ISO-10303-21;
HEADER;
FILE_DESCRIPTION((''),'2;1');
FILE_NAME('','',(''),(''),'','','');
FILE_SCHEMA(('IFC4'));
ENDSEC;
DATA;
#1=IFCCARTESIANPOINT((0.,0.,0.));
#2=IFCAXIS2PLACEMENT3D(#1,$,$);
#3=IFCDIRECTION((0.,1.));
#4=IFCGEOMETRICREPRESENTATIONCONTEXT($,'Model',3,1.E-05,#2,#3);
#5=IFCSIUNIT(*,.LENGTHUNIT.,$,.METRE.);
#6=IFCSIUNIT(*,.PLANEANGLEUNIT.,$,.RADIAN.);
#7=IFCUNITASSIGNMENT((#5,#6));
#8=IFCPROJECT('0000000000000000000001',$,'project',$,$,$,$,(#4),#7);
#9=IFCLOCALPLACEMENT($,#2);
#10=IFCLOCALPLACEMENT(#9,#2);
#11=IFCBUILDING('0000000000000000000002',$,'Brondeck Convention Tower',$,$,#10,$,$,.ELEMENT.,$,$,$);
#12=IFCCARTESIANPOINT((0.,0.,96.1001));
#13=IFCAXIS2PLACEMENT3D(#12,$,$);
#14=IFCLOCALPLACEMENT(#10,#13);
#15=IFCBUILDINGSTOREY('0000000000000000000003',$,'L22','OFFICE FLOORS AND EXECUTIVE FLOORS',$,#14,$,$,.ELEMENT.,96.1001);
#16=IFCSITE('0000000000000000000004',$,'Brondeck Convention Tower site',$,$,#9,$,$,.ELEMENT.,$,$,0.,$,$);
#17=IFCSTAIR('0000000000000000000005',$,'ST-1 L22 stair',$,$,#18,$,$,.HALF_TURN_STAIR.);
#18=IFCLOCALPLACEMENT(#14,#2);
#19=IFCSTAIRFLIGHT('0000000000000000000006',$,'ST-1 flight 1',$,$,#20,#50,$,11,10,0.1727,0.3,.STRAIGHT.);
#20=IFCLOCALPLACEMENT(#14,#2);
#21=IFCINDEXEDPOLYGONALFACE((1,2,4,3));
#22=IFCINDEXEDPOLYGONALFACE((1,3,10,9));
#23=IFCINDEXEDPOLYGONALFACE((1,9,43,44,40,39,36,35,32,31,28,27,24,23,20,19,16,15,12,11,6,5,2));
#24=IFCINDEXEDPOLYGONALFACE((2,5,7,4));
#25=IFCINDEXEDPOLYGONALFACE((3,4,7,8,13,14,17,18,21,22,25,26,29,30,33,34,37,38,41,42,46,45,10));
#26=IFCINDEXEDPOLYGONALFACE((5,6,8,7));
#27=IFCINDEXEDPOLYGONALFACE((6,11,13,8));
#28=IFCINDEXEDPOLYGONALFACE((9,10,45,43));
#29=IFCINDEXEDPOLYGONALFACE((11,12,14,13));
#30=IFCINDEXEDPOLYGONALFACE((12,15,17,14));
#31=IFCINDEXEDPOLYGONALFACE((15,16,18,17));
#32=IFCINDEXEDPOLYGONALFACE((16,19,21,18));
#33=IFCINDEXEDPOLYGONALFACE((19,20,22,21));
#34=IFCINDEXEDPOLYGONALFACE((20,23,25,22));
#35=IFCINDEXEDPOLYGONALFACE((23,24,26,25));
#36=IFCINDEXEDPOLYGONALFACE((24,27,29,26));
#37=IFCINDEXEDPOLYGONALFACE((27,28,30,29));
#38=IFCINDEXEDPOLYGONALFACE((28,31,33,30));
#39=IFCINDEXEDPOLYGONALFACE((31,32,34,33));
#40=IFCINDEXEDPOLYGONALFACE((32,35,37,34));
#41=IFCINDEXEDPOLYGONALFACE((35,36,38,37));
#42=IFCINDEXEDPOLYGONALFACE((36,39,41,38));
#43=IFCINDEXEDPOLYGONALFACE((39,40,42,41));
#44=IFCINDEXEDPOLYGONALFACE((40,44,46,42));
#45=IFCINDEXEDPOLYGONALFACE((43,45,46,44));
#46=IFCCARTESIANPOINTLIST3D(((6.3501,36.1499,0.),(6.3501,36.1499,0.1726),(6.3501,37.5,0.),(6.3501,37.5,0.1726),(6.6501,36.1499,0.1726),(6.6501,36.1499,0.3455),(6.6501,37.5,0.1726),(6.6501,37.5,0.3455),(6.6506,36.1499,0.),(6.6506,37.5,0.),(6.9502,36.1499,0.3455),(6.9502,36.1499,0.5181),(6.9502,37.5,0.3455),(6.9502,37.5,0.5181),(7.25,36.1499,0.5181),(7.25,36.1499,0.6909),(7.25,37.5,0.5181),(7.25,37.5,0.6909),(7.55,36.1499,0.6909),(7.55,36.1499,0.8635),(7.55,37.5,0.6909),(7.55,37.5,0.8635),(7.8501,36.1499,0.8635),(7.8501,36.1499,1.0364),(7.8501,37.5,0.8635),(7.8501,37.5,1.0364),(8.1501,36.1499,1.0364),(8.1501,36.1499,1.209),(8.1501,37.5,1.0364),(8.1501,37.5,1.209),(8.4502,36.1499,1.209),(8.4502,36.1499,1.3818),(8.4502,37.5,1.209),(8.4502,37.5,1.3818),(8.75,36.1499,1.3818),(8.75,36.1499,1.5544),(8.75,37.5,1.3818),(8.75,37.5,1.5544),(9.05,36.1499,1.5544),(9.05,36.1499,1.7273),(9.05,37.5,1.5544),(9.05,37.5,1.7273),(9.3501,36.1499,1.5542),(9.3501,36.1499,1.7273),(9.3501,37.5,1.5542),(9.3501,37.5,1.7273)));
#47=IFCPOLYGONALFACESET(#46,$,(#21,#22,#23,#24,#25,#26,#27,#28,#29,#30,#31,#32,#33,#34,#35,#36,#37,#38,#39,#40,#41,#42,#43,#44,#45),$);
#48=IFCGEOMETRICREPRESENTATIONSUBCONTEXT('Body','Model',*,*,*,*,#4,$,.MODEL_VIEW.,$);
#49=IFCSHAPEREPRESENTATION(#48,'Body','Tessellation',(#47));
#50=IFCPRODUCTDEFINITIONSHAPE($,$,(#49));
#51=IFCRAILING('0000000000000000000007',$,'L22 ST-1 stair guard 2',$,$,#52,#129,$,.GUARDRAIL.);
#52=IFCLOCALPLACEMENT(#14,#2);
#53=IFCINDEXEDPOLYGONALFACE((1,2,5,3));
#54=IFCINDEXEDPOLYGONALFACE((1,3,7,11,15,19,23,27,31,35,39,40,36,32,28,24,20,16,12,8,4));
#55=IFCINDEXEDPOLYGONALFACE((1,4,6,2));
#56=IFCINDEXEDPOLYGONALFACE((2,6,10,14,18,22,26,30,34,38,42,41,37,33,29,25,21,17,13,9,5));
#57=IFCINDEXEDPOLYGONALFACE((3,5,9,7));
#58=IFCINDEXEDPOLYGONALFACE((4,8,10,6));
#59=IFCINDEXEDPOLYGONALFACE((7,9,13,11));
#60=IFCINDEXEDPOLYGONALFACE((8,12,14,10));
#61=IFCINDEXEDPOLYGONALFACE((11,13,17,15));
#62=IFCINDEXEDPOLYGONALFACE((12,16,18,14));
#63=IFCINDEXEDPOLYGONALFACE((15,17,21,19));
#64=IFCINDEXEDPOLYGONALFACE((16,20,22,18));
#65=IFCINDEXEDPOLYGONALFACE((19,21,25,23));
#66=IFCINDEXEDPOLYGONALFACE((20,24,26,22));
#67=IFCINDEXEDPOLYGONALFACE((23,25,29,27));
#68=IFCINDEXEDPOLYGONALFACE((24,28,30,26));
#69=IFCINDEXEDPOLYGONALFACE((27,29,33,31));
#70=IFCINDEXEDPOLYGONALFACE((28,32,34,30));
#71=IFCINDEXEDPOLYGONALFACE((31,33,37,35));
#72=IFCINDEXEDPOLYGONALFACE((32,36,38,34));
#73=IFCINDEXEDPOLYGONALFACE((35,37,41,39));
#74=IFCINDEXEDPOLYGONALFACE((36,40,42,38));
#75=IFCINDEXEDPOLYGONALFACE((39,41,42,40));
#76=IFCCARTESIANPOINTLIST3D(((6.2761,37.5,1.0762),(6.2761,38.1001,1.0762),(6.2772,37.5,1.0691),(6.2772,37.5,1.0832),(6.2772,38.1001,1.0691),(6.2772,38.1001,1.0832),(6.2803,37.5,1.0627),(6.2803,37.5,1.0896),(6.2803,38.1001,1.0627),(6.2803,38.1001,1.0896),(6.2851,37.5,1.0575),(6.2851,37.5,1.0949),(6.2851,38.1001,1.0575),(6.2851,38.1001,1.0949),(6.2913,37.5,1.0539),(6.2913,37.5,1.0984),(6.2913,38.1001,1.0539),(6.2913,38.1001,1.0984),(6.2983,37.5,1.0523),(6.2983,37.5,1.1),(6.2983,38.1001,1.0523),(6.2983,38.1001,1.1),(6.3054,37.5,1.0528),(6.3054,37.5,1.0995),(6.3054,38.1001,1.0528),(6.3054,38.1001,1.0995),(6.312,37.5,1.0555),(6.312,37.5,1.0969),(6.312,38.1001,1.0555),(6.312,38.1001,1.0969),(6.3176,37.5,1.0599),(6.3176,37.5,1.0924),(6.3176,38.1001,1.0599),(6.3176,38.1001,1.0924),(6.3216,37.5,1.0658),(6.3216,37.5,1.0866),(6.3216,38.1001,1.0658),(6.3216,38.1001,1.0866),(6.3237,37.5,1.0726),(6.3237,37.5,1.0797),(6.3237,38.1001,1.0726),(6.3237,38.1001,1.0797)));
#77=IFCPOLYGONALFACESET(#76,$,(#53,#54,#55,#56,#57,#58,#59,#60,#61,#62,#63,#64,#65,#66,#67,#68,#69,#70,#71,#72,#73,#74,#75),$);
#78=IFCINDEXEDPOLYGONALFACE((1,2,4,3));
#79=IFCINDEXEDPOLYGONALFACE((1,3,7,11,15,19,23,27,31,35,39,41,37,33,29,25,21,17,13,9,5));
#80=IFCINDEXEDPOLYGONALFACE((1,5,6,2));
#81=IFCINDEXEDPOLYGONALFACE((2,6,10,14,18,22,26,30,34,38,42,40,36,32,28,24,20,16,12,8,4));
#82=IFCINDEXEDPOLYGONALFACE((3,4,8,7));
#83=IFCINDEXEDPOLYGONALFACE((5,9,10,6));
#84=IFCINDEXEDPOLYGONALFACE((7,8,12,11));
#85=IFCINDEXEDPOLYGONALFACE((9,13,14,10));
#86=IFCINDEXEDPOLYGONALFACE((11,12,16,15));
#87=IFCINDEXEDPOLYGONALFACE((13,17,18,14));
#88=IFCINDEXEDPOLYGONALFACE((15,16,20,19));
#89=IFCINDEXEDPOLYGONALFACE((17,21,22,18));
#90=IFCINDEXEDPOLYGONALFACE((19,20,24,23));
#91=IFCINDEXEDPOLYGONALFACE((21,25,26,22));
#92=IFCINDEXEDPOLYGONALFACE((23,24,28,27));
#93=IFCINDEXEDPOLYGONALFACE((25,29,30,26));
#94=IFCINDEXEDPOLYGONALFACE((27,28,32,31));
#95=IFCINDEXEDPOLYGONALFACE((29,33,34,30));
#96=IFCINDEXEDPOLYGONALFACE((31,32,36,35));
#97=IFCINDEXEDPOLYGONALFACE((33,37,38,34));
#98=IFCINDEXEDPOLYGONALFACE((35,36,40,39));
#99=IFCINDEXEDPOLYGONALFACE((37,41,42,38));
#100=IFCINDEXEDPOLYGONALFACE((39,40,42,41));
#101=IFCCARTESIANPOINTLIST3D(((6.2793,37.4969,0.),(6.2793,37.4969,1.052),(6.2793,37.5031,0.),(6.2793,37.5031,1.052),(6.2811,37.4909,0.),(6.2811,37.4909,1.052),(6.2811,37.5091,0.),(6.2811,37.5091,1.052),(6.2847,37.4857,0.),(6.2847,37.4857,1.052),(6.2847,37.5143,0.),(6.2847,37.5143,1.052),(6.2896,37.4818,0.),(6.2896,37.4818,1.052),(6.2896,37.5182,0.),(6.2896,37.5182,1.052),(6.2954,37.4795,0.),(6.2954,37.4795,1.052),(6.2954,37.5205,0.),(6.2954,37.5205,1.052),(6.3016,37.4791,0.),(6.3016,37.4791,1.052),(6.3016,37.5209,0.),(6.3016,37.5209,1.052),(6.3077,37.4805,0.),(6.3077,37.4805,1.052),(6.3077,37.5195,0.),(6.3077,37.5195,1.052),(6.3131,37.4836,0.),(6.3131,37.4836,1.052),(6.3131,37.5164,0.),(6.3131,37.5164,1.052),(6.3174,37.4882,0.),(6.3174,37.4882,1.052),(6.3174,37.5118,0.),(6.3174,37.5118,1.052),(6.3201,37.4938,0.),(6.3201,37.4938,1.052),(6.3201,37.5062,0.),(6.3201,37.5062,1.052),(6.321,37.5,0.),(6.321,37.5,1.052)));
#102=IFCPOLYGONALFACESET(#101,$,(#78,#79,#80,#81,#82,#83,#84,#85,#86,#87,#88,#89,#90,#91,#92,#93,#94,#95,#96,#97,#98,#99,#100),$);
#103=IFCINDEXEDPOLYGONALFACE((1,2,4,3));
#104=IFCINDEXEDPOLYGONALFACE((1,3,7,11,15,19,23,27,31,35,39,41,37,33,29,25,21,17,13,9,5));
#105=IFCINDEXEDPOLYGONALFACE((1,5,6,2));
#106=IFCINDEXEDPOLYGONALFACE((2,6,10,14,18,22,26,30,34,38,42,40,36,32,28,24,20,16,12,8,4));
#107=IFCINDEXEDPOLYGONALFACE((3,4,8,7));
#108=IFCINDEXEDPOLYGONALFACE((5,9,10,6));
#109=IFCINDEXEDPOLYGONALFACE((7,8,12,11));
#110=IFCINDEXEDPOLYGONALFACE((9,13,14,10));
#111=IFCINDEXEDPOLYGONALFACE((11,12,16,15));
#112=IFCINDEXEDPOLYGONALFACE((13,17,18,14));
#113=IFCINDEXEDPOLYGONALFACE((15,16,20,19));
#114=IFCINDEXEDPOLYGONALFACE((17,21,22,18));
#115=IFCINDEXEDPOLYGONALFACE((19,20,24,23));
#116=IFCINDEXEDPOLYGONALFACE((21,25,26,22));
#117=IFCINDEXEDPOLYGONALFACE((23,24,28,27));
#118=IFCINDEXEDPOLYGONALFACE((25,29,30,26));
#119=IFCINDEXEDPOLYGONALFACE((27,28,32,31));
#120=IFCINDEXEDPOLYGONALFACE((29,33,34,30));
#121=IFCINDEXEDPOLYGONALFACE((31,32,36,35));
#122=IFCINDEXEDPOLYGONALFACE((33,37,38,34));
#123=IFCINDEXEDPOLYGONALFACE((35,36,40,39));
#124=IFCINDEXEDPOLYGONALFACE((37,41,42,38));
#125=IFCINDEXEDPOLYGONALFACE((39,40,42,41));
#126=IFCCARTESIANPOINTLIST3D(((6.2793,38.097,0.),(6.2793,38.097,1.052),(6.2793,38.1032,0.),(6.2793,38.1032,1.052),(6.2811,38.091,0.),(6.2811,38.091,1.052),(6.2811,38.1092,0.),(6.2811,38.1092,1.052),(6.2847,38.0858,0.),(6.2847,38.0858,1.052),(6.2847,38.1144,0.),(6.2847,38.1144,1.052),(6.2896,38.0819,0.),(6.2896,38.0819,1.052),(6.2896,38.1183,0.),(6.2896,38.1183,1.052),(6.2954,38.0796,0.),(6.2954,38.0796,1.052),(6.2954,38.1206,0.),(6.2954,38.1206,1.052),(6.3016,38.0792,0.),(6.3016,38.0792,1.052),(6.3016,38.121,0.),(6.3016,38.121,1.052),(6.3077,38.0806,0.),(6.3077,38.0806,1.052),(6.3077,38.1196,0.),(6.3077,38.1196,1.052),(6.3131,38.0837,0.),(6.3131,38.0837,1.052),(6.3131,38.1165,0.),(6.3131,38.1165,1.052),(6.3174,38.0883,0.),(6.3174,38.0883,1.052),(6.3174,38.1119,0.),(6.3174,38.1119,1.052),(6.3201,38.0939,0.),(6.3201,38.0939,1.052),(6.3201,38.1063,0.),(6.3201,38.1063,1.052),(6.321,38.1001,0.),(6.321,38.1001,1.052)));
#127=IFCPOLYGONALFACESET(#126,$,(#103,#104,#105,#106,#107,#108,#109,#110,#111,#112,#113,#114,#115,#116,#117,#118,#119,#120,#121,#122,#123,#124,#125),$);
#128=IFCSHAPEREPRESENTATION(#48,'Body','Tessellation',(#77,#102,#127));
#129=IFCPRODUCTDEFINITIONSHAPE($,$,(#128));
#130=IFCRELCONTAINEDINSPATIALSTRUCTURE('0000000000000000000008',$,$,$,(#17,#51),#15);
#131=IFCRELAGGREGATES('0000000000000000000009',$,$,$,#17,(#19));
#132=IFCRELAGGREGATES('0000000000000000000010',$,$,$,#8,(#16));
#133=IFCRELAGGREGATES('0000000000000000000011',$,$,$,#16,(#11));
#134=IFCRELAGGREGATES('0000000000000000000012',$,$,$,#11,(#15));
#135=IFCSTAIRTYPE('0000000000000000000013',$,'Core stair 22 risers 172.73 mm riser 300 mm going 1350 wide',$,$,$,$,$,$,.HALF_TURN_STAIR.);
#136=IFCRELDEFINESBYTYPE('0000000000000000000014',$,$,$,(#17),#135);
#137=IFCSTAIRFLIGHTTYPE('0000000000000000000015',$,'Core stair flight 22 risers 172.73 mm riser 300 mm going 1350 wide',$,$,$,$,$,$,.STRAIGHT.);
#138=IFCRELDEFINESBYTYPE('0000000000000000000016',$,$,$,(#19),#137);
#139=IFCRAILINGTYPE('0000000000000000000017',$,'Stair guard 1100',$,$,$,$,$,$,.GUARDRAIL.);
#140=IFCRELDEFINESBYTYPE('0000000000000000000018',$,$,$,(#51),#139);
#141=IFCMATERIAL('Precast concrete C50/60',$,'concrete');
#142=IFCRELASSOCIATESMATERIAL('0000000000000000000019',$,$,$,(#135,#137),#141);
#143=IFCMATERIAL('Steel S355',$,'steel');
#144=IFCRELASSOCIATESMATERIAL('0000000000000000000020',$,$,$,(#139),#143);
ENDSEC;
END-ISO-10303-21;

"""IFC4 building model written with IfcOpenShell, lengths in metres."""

from ifc_helpers import new_model, si_unit, direction, frame, origin, origin_2d, place, context, subcontext, project, spatial, polyline, circle, outline, extrude, material, type_object, element, aggregate, save


model = new_model("IFC4")

# Units and contexts
model_context = context("Model", 3, precision=1e-05, world=origin(), true_north=direction((0.0, 1.0)))
body_context = subcontext(model_context, "Body", "Model", "MODEL_VIEW")
ifc_project = project(units=[si_unit("LENGTHUNIT", "METRE"), si_unit("PLANEANGLEUNIT", "RADIAN")], contexts=[model_context])

# Site, building, storey
site_placement = place(None, origin())
site = spatial("IfcSite", under=ifc_project, at=site_placement, Name="Brondeck Convention Tower site", CompositionType="ELEMENT", RefElevation=0.0)
building_placement = place(site_placement, origin())
building = spatial("IfcBuilding", under=site, at=building_placement, Name="Brondeck Convention Tower", CompositionType="ELEMENT")
storey_placement = place(building_placement, frame((0.0, 0.0, 96.1001)))
storey = spatial("IfcBuildingStorey", under=building, at=storey_placement, Name="L22", Description="OFFICE FLOORS AND EXECUTIVE FLOORS", CompositionType="ELEMENT", Elevation=96.1001)

# Stair, stair flight
ifc_material_1 = material(Name="Precast concrete C50/60", Category="concrete")
stair_type = type_object("IfcStairType", Name="Core stair 22 risers 172.73 mm riser 300 mm going 1350 wide", PredefinedType="HALF_TURN_STAIR", material=ifc_material_1)
stair_placement = place(storey_placement, origin())
stair = element("IfcStair", 1, at=stair_placement, inside=storey, type_object=stair_type, Name="ST-1 L22 stair", PredefinedType="HALF_TURN_STAIR")
stair_flight_type = type_object("IfcStairFlightType", Name="Core stair flight 22 risers 172.73 mm riser 300 mm going 1350 wide", PredefinedType="STRAIGHT", material=ifc_material_1)
stair_flight_placement = place(storey_placement, frame((6.3501, 36.825, 0.0), z_axis=(0.0, 0.0, 1.0), x_axis=(1.0, 0.0, 0.0)))
stair_flight = element("IfcStairFlight", 2, at=stair_flight_placement, type_object=stair_flight_type, Name="ST-1 flight 1", NumberOfRisers=11, NumberOfTreads=10, PredefinedType="STRAIGHT", RiserHeight=0.1727, TreadLength=0.3, context=body_context, shape_type="SweptSolid", body=[
    extrude(outline(polyline([(0.0, 0.0), (0.0, 0.1726), (0.3, 0.1726), (0.3, 0.3455), (0.6001, 0.3455), (0.6001, 0.5181), (0.8999, 0.5181), (0.8999, 0.6909), (1.2, 0.6909), (1.2, 0.8635), (1.5, 0.8635), (1.5, 1.0364), (1.8, 1.0364), (1.8, 1.209), (2.1001, 1.209), (2.1001, 1.3818), (2.3999, 1.3818), (2.3999, 1.5544), (2.7, 1.5544), (2.7, 1.7273), (3.0, 1.7273), (3.0, 1.8999), (3.0, 1.5542), (0.3005, 0.0), (0.0, 0.0)])), frame((0.0, 0.675, 0.0), z_axis=(0.0, -1.0, 0.0), x_axis=(1.0, 0.0, 0.0)), (0.0, 0.0, 1.0), 1.3501),
])
aggregate(stair, [stair_flight])

# Railing
ifc_material_2 = material(Name="Steel S355", Category="steel")
railing_type_1 = type_object("IfcRailingType", Name="Stair guard 1100", PredefinedType="GUARDRAIL", material=ifc_material_2)
railing_1_placement = place(storey_placement, frame((6.3, 37.5, 0.0)))
element("IfcRailing", 3, at=railing_1_placement, inside=storey, type_object=railing_type_1, Name="L22 ST-1 stair guard 2", PredefinedType="GUARDRAIL", context=body_context, shape_type="SweptSolid", body=[
    extrude(circle(Radius=0.0239, at=origin_2d()), frame((0.0, 0.0, 1.0762), z_axis=(0.0, 1.0, 0.0), x_axis=(-1.0, 0.0, 0.0)), (0.0, 0.0, 1.0), 0.6001),
    extrude(circle(Radius=0.021, at=origin_2d()), origin(), (0.0, 0.0, 1.0), 1.052),
    extrude(circle(Radius=0.021, at=origin_2d()), frame((0.0, 0.6001, 0.0)), (0.0, 0.0, 1.0), 1.052),
])

save(model, "model.ifc")
